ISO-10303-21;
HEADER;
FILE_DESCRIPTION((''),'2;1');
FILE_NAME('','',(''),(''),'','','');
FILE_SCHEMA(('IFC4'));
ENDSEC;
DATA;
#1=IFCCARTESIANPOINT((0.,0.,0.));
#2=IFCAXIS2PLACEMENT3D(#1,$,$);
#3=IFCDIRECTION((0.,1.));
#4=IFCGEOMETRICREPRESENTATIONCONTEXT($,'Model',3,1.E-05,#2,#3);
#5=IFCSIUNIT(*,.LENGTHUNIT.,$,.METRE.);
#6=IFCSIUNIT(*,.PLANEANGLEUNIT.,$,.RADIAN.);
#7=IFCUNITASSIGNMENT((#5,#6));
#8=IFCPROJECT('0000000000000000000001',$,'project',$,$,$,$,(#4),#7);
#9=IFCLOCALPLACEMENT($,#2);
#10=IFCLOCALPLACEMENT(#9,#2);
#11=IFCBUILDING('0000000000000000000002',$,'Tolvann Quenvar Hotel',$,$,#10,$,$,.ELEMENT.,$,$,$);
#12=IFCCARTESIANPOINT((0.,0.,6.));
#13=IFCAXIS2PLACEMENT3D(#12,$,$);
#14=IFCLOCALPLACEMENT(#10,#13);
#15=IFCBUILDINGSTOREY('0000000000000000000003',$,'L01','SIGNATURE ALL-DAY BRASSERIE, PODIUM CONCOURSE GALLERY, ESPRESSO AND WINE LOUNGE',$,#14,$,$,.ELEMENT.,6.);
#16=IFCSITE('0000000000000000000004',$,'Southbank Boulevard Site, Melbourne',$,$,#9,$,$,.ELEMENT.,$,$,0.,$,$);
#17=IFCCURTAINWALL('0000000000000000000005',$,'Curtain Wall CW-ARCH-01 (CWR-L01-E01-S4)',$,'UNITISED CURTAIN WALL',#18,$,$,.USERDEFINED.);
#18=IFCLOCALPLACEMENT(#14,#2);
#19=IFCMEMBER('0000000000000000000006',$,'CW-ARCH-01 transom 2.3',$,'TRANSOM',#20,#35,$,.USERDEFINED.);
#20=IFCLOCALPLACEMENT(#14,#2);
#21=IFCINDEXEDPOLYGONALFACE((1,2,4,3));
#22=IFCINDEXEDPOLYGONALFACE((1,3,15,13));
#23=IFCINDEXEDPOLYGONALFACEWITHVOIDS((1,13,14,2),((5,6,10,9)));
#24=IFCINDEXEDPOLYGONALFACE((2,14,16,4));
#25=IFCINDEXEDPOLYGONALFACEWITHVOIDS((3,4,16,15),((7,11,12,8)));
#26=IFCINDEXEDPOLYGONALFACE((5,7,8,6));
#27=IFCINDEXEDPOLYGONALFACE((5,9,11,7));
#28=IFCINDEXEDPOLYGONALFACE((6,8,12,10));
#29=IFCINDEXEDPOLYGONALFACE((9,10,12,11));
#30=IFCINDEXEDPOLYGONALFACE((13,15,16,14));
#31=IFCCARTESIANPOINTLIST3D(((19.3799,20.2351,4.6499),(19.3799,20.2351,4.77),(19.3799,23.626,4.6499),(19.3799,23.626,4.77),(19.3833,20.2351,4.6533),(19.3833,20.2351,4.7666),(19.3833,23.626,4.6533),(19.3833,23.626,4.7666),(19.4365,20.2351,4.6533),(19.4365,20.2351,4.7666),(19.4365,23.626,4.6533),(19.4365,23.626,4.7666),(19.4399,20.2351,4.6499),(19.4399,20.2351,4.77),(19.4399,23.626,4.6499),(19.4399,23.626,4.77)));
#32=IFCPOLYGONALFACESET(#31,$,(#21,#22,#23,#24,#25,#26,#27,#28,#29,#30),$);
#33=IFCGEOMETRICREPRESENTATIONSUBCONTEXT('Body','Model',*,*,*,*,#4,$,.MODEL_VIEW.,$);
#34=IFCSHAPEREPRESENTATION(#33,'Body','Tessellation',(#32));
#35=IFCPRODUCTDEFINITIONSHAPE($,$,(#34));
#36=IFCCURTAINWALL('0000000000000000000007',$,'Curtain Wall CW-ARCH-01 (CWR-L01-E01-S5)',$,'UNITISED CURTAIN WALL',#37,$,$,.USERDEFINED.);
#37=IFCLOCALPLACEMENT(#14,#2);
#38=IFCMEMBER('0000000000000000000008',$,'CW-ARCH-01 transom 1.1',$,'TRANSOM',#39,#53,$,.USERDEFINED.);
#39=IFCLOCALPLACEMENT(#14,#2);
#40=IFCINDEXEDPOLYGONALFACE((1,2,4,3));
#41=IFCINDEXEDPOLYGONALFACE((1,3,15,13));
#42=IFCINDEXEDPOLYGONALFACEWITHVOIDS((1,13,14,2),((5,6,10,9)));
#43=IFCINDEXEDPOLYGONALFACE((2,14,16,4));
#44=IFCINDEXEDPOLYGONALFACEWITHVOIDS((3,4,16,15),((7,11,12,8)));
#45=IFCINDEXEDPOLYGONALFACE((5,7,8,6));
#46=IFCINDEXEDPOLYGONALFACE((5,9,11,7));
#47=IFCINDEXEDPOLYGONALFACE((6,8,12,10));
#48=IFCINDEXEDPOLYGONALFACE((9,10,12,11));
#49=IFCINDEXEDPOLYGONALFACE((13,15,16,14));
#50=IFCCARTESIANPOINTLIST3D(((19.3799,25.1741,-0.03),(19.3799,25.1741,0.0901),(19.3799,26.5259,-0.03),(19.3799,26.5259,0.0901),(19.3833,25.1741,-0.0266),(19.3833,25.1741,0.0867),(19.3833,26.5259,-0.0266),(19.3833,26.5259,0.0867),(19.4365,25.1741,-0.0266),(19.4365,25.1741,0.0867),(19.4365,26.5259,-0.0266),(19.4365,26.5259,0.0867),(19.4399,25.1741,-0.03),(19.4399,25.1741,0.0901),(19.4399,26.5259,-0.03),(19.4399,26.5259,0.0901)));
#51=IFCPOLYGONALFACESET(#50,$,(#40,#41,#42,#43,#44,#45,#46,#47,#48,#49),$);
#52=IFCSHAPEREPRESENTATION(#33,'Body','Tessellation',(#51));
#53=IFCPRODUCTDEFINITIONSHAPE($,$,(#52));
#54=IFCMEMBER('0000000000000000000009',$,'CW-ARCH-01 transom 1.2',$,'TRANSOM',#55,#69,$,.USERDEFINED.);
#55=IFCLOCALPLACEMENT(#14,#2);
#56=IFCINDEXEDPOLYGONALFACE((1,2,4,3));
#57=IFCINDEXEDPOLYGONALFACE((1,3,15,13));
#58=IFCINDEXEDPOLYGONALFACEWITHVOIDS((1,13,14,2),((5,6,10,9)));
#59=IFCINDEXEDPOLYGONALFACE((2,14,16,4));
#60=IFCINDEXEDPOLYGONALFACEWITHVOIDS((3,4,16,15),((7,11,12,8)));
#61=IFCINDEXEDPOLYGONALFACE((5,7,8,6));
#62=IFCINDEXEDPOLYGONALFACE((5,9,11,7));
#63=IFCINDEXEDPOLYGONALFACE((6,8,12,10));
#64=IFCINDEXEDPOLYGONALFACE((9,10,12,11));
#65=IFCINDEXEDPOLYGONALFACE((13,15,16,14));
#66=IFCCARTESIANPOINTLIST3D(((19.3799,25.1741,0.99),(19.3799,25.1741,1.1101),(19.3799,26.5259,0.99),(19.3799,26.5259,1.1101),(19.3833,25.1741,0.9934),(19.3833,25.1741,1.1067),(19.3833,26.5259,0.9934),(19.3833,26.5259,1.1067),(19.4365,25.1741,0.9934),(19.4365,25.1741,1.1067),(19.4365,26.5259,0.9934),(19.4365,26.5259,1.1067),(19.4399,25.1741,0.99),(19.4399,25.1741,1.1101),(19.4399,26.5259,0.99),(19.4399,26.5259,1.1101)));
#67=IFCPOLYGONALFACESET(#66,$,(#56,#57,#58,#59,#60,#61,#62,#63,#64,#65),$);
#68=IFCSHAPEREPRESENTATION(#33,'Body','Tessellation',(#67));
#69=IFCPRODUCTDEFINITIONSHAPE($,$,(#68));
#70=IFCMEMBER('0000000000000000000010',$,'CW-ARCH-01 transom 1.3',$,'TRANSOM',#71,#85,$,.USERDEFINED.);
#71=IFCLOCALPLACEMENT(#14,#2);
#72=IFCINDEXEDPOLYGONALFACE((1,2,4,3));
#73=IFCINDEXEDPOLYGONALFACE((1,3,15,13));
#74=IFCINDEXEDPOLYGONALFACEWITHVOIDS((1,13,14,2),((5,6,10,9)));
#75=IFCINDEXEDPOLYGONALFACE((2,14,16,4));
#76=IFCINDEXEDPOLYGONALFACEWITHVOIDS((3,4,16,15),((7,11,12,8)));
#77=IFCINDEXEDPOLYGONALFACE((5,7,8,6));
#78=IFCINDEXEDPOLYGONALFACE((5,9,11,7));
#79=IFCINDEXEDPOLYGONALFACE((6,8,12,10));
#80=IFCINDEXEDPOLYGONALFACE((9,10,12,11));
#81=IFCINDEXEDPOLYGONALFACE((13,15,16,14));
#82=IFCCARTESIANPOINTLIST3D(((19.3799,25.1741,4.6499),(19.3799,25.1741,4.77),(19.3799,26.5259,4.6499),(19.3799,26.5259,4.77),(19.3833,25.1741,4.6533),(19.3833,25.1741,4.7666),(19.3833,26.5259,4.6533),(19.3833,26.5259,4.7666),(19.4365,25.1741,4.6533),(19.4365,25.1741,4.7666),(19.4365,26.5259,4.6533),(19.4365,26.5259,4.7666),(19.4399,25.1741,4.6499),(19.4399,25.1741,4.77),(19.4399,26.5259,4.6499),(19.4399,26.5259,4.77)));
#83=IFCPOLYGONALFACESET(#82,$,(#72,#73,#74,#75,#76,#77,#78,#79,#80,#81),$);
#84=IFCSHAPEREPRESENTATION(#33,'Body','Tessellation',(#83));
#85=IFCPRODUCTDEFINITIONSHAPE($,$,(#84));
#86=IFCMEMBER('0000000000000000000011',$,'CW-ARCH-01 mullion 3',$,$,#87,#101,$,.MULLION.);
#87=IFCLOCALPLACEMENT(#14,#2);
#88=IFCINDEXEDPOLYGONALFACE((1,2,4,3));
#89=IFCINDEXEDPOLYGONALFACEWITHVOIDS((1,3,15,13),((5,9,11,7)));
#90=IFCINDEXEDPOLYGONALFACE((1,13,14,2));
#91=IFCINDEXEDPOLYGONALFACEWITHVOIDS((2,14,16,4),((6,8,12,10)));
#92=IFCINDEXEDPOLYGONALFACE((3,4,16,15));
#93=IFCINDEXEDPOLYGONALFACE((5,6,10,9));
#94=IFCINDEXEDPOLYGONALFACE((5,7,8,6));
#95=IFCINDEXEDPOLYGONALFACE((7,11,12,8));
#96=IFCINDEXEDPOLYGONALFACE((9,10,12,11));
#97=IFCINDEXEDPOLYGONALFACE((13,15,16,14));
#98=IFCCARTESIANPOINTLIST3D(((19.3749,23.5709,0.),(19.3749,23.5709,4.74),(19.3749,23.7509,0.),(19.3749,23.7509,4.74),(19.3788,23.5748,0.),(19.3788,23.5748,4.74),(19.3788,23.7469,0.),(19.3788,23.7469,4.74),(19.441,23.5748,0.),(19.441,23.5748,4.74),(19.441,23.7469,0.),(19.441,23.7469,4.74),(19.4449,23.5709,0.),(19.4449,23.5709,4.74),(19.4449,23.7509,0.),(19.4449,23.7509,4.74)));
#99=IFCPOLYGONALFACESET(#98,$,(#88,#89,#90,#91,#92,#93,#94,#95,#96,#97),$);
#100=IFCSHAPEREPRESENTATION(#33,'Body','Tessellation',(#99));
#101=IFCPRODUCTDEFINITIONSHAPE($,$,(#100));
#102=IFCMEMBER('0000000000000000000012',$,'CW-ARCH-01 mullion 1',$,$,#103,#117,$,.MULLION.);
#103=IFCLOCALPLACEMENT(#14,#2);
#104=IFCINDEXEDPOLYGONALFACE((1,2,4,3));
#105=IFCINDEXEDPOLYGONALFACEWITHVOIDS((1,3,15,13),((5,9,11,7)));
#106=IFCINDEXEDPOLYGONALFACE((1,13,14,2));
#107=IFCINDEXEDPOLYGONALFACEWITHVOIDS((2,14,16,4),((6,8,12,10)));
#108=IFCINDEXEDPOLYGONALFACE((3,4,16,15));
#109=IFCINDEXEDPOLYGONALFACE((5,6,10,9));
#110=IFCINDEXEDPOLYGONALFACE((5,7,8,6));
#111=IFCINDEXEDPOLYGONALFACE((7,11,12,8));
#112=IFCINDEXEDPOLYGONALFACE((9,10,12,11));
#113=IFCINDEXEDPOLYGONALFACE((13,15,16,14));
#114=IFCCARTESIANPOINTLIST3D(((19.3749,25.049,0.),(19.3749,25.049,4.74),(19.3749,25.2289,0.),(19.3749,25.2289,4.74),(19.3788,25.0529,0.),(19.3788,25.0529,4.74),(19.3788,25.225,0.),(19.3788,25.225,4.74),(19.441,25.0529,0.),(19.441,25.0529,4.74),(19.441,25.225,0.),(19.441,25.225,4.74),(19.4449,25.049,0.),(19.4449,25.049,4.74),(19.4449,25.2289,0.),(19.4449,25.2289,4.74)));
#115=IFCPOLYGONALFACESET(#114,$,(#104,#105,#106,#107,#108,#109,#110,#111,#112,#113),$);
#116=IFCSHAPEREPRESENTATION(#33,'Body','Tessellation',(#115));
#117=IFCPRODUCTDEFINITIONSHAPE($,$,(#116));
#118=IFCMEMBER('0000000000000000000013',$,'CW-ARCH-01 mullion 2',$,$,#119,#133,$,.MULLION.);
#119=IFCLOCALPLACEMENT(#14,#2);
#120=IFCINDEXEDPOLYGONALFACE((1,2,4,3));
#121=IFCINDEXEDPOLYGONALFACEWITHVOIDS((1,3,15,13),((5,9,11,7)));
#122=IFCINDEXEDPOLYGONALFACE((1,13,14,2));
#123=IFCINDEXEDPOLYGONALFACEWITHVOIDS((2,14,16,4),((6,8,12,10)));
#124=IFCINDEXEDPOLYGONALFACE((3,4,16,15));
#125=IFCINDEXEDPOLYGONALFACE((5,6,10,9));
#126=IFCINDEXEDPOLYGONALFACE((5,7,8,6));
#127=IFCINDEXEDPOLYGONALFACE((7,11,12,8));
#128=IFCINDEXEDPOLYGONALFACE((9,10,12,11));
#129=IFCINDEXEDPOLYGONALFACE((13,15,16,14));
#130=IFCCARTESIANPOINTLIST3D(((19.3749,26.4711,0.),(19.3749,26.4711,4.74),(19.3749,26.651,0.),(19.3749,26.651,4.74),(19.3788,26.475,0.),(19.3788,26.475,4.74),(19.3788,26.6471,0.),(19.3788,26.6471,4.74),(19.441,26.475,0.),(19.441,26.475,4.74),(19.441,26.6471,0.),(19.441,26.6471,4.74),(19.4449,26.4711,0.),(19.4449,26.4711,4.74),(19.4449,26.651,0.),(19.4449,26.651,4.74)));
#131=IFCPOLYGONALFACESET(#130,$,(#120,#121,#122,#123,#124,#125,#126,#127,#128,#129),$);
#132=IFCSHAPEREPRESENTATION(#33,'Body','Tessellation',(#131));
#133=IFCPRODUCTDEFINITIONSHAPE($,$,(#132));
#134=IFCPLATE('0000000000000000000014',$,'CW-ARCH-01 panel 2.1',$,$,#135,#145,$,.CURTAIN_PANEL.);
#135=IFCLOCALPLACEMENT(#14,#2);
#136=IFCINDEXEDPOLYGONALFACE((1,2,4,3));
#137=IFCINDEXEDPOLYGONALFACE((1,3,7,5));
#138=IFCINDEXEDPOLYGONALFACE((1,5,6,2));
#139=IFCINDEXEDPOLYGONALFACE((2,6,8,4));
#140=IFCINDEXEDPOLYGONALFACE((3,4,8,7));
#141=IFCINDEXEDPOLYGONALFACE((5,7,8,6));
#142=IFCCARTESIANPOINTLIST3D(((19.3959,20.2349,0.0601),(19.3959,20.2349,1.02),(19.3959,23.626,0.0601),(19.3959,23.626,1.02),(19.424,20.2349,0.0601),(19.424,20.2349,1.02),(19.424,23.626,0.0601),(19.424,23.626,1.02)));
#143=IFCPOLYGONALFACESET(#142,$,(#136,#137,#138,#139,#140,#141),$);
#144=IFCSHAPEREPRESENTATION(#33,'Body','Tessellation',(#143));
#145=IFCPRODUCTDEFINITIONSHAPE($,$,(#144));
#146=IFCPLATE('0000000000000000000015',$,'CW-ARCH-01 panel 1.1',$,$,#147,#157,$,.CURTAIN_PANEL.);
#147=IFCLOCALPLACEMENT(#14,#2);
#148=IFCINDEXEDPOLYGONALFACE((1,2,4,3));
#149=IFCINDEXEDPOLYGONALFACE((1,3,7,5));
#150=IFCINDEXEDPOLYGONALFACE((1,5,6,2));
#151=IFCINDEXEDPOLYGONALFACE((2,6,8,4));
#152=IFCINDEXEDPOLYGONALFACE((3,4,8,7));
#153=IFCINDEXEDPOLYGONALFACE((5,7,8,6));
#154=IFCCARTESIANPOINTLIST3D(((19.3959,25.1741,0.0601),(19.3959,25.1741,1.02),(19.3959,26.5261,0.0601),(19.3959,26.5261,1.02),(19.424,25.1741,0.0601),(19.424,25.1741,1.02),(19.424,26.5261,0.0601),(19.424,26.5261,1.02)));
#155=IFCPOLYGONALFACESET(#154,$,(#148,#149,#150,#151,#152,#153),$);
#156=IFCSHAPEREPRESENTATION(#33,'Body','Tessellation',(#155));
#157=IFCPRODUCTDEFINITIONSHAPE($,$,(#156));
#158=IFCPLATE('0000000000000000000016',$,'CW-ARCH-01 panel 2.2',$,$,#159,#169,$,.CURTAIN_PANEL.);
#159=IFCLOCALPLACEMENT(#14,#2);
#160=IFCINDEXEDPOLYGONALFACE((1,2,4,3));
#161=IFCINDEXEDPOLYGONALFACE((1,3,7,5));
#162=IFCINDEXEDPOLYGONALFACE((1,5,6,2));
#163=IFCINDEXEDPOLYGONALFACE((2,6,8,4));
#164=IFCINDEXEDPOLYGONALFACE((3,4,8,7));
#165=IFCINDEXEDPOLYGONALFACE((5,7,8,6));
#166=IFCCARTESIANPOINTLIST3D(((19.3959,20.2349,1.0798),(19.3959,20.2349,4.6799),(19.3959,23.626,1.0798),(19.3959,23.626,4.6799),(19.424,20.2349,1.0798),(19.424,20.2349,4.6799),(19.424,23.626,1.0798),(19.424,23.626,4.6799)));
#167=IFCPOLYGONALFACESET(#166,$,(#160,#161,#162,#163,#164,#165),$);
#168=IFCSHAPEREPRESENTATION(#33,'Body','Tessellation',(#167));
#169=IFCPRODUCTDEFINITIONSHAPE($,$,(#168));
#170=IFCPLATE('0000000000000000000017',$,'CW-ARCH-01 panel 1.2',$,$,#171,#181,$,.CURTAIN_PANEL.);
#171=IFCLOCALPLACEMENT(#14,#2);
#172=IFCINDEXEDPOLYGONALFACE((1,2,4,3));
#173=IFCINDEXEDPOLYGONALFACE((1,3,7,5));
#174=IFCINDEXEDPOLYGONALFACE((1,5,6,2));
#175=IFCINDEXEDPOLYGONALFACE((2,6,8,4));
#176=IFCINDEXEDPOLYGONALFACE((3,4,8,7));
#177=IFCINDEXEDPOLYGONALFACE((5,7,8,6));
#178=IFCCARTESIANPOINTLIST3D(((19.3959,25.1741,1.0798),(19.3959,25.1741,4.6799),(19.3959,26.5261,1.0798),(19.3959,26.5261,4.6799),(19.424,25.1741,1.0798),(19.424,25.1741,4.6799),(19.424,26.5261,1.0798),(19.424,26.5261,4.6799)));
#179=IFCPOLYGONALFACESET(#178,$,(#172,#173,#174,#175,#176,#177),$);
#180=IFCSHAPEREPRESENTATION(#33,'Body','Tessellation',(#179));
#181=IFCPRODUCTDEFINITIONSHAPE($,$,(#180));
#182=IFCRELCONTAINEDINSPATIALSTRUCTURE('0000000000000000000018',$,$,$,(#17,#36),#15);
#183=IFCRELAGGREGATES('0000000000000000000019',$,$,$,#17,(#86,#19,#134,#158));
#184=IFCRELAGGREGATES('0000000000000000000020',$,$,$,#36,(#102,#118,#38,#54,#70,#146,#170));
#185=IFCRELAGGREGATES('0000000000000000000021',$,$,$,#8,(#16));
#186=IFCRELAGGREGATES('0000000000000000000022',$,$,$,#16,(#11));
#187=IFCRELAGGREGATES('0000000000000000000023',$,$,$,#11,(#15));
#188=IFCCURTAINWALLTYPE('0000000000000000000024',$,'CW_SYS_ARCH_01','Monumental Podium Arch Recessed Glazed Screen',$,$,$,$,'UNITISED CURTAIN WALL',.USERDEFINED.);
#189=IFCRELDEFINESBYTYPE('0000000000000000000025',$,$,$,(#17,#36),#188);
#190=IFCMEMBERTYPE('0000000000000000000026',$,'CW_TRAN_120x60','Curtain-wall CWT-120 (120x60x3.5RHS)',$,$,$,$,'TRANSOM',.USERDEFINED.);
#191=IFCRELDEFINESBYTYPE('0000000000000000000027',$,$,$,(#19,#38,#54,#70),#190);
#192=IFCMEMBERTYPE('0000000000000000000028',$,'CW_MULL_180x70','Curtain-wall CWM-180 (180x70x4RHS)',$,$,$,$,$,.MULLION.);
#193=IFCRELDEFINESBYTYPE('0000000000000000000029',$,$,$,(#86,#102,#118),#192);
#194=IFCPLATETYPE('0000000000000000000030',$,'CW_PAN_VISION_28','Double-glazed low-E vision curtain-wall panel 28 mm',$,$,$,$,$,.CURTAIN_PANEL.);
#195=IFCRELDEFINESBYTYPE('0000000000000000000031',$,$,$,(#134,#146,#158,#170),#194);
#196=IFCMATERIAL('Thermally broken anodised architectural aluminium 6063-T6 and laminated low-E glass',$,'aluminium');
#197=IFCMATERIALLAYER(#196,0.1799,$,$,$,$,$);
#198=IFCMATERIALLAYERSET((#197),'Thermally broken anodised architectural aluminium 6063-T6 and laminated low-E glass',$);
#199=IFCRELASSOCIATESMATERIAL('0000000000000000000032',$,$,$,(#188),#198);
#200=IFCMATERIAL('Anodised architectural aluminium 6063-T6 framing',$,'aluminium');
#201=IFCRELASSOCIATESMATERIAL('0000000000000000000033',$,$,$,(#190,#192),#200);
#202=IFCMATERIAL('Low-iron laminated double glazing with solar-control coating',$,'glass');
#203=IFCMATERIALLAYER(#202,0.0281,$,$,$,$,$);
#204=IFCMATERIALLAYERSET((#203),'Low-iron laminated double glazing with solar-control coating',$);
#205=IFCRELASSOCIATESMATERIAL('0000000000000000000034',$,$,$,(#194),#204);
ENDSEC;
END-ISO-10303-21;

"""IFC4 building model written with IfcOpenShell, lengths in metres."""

from ifc_helpers import new_model, si_unit, direction, frame, origin, origin_2d, place, context, subcontext, project, spatial, rectangle, hollow_rectangle, extrude, source, transform, mapped, material, layer, layer_set, material_profile, profile_set, type_object, type_shapes, element, aggregate, save


model = new_model("IFC4")

# Units and contexts
model_context = context("Model", 3, precision=1e-05, world=origin(), true_north=direction((0.0, 1.0)))
body_context = subcontext(model_context, "Body", "Model", "MODEL_VIEW")
ifc_project = project(units=[si_unit("LENGTHUNIT", "METRE"), si_unit("PLANEANGLEUNIT", "RADIAN")], contexts=[model_context])

# Site, building, storey
site_placement = place(None, origin())
site = spatial("IfcSite", under=ifc_project, at=site_placement, Name="Southbank Boulevard Site, Melbourne", CompositionType="ELEMENT", RefElevation=0.0)
building_placement = place(site_placement, origin())
building = spatial("IfcBuilding", under=site, at=building_placement, Name="Tolvann Quenvar Hotel", CompositionType="ELEMENT")
storey_placement = place(building_placement, frame((0.0, 0.0, 6.0)))
storey = spatial("IfcBuildingStorey", under=building, at=storey_placement, Name="L01", Description="SIGNATURE ALL-DAY BRASSERIE, PODIUM CONCOURSE GALLERY, ESPRESSO AND WINE LOUNGE", CompositionType="ELEMENT", Elevation=6.0)

# Curtain wall, member
ifc_material_1 = material(Name="Thermally broken anodised architectural aluminium 6063-T6 and laminated low-E glass", Category="aluminium")
ifc_layer_1 = layer(ifc_material_1, 0.1799)
ifc_layer_set_1 = layer_set([ifc_layer_1], Name="Thermally broken anodised architectural aluminium 6063-T6 and laminated low-E glass")
curtain_wall_type = type_object("IfcCurtainWallType", Name="CW_SYS_ARCH_01", Description="Monumental Podium Arch Recessed Glazed Screen", ElementType="UNITISED CURTAIN WALL", PredefinedType="USERDEFINED", material=ifc_layer_set_1)
curtain_wall_1_placement = place(storey_placement, origin())
curtain_wall_1 = element("IfcCurtainWall", 1, at=curtain_wall_1_placement, inside=storey, type_object=curtain_wall_type, Name="Curtain Wall CW-ARCH-01 (CWR-L01-E01-S4)", ObjectType="UNITISED CURTAIN WALL", PredefinedType="USERDEFINED")
ifc_material_2 = material(Name="Anodised architectural aluminium 6063-T6 framing", Category="aluminium")
ifc_material_profile_1 = material_profile(ifc_material_2, hollow_rectangle(XDim=0.0601, YDim=0.1201, WallThickness=0.0034, at=origin_2d()), Name="120x60x3.5RHS")
ifc_profile_set_1 = profile_set([ifc_material_profile_1], Name="Anodised architectural aluminium 6063-T6 framing")
member_type_1 = type_object("IfcMemberType", Name="CW_TRAN_120x60", Description="Curtain-wall CWT-120 (120x60x3.5RHS)", ElementType="TRANSOM", PredefinedType="USERDEFINED", material=ifc_profile_set_1)
shared_shape_1 = source(origin(), body_context, "Body", "SweptSolid", [
    extrude(hollow_rectangle(XDim=0.0601, YDim=0.1201, WallThickness=0.0034, at=origin_2d()), origin(), (0.0, 0.0, 1.0), 3.3909),
])
member_1_placement = place(storey_placement, frame((19.4099, 20.2351, 4.71), z_axis=(0.0, 1.0, 0.0), x_axis=(-1.0, 0.0, 0.0)))
member_1 = element("IfcMember", 2, at=member_1_placement, type_object=member_type_1, Name="CW-ARCH-01 transom 2.3", ObjectType="TRANSOM", PredefinedType="USERDEFINED", context=body_context, shape_type="MappedRepresentation", body=[
    mapped(shared_shape_1, transform((0.0, 0.0, 0.0), x_axis=(1.0, 0.0, 0.0), y_axis=(0.0, 1.0, 0.0), z_axis=(0.0, 0.0, 1.0), scale=1.0)),
])

# Curtain wall, members
curtain_wall_2_placement = place(storey_placement, origin())
curtain_wall_2 = element("IfcCurtainWall", 3, at=curtain_wall_2_placement, inside=storey, type_object=curtain_wall_type, Name="Curtain Wall CW-ARCH-01 (CWR-L01-E01-S5)", ObjectType="UNITISED CURTAIN WALL", PredefinedType="USERDEFINED")
shared_shape_2 = source(origin(), body_context, "Body", "SweptSolid", [
    extrude(hollow_rectangle(XDim=0.0601, YDim=0.1201, WallThickness=0.0034, at=origin_2d()), origin(), (0.0, 0.0, 1.0), 1.3518),
])
type_shapes(member_type_1, [shared_shape_1, shared_shape_2])
member_2_placement = place(storey_placement, frame((19.4099, 25.1741, 0.03), z_axis=(0.0, 1.0, 0.0), x_axis=(-1.0, 0.0, 0.0)))
member_2 = element("IfcMember", 4, at=member_2_placement, type_object=member_type_1, Name="CW-ARCH-01 transom 1.1", ObjectType="TRANSOM", PredefinedType="USERDEFINED", context=body_context, shape_type="MappedRepresentation", body=[
    mapped(shared_shape_2, transform((0.0, 0.0, 0.0), x_axis=(1.0, 0.0, 0.0), y_axis=(0.0, 1.0, 0.0), z_axis=(0.0, 0.0, 1.0), scale=1.0)),
])
member_3_placement = place(storey_placement, frame((19.4099, 25.1741, 1.05), z_axis=(0.0, 1.0, 0.0), x_axis=(-1.0, 0.0, 0.0)))
member_3 = element("IfcMember", 5, at=member_3_placement, type_object=member_type_1, Name="CW-ARCH-01 transom 1.2", ObjectType="TRANSOM", PredefinedType="USERDEFINED", context=body_context, shape_type="MappedRepresentation", body=[
    mapped(shared_shape_2, transform((0.0, 0.0, 0.0), x_axis=(1.0, 0.0, 0.0), y_axis=(0.0, 1.0, 0.0), z_axis=(0.0, 0.0, 1.0), scale=1.0)),
])
member_4_placement = place(storey_placement, frame((19.4099, 25.1741, 4.71), z_axis=(0.0, 1.0, 0.0), x_axis=(-1.0, 0.0, 0.0)))
member_4 = element("IfcMember", 6, at=member_4_placement, type_object=member_type_1, Name="CW-ARCH-01 transom 1.3", ObjectType="TRANSOM", PredefinedType="USERDEFINED", context=body_context, shape_type="MappedRepresentation", body=[
    mapped(shared_shape_2, transform((0.0, 0.0, 0.0), x_axis=(1.0, 0.0, 0.0), y_axis=(0.0, 1.0, 0.0), z_axis=(0.0, 0.0, 1.0), scale=1.0)),
])

# Members
ifc_material_profile_2 = material_profile(ifc_material_2, hollow_rectangle(XDim=0.0701, YDim=0.1799, WallThickness=0.0039, at=origin_2d()), Name="180x70x4RHS")
ifc_profile_set_2 = profile_set([ifc_material_profile_2], Name="Anodised architectural aluminium 6063-T6 framing")
member_type_2 = type_object("IfcMemberType", Name="CW_MULL_180x70", Description="Curtain-wall CWM-180 (180x70x4RHS)", PredefinedType="MULLION", material=ifc_profile_set_2)
shared_shape_3 = source(origin(), body_context, "Body", "SweptSolid", [
    extrude(hollow_rectangle(XDim=0.0701, YDim=0.1799, WallThickness=0.0039, at=origin_2d()), origin(), (0.0, 0.0, 1.0), 4.74),
])
type_shapes(member_type_2, [shared_shape_3])
member_5_placement = place(storey_placement, frame((19.4099, 23.6609, 0.0), z_axis=(0.0, 0.0, 1.0), x_axis=(-1.0, 0.0, 0.0)))
member_5 = element("IfcMember", 7, at=member_5_placement, type_object=member_type_2, Name="CW-ARCH-01 mullion 3", PredefinedType="MULLION", context=body_context, shape_type="MappedRepresentation", body=[
    mapped(shared_shape_3, transform((0.0, 0.0, 0.0), x_axis=(1.0, 0.0, 0.0), y_axis=(0.0, 1.0, 0.0), z_axis=(0.0, 0.0, 1.0), scale=1.0)),
])
member_6_placement = place(storey_placement, frame((19.4099, 25.1389, 0.0), z_axis=(0.0, 0.0, 1.0), x_axis=(-1.0, 0.0, 0.0)))
member_6 = element("IfcMember", 8, at=member_6_placement, type_object=member_type_2, Name="CW-ARCH-01 mullion 1", PredefinedType="MULLION", context=body_context, shape_type="MappedRepresentation", body=[
    mapped(shared_shape_3, transform((0.0, 0.0, 0.0), x_axis=(1.0, 0.0, 0.0), y_axis=(0.0, 1.0, 0.0), z_axis=(0.0, 0.0, 1.0), scale=1.0)),
])
member_7_placement = place(storey_placement, frame((19.4099, 26.561, 0.0), z_axis=(0.0, 0.0, 1.0), x_axis=(-1.0, 0.0, 0.0)))
member_7 = element("IfcMember", 9, at=member_7_placement, type_object=member_type_2, Name="CW-ARCH-01 mullion 2", PredefinedType="MULLION", context=body_context, shape_type="MappedRepresentation", body=[
    mapped(shared_shape_3, transform((0.0, 0.0, 0.0), x_axis=(1.0, 0.0, 0.0), y_axis=(0.0, 1.0, 0.0), z_axis=(0.0, 0.0, 1.0), scale=1.0)),
])

# Plates
ifc_material_3 = material(Name="Low-iron laminated double glazing with solar-control coating", Category="glass")
ifc_layer_2 = layer(ifc_material_3, 0.0281)
ifc_layer_set_2 = layer_set([ifc_layer_2], Name="Low-iron laminated double glazing with solar-control coating")
plate_type = type_object("IfcPlateType", Name="CW_PAN_VISION_28", Description="Double-glazed low-E vision curtain-wall panel 28 mm", PredefinedType="CURTAIN_PANEL", material=ifc_layer_set_2)
shared_shape_4 = source(origin(), body_context, "Body", "SweptSolid", [
    extrude(rectangle(XDim=3.3911, YDim=0.0281, at=origin_2d()), origin(), (0.0, 0.0, 1.0), 0.96),
])
plate_1_placement = place(storey_placement, frame((19.4099, 21.9304, 0.0601), z_axis=(0.0, 0.0, 1.0), x_axis=(0.0, 1.0, 0.0)))
plate_1 = element("IfcPlate", 10, at=plate_1_placement, type_object=plate_type, Name="CW-ARCH-01 panel 2.1", PredefinedType="CURTAIN_PANEL", context=body_context, shape_type="MappedRepresentation", body=[
    mapped(shared_shape_4, transform((0.0, 0.0, 0.0), x_axis=(1.0, 0.0, 0.0), y_axis=(0.0, 1.0, 0.0), z_axis=(0.0, 0.0, 1.0), scale=1.0)),
])
shared_shape_5 = source(origin(), body_context, "Body", "SweptSolid", [
    extrude(rectangle(XDim=1.3521, YDim=0.0281, at=origin_2d()), origin(), (0.0, 0.0, 1.0), 0.96),
])
plate_2_placement = place(storey_placement, frame((19.4099, 25.8501, 0.0601), z_axis=(0.0, 0.0, 1.0), x_axis=(0.0, 1.0, 0.0)))
plate_2 = element("IfcPlate", 11, at=plate_2_placement, type_object=plate_type, Name="CW-ARCH-01 panel 1.1", PredefinedType="CURTAIN_PANEL", context=body_context, shape_type="MappedRepresentation", body=[
    mapped(shared_shape_5, transform((0.0, 0.0, 0.0), x_axis=(1.0, 0.0, 0.0), y_axis=(0.0, 1.0, 0.0), z_axis=(0.0, 0.0, 1.0), scale=1.0)),
])
shared_shape_6 = source(origin(), body_context, "Body", "SweptSolid", [
    extrude(rectangle(XDim=3.3911, YDim=0.0281, at=origin_2d()), origin(), (0.0, 0.0, 1.0), 3.6001),
])
plate_3_placement = place(storey_placement, frame((19.4099, 21.9304, 1.0798), z_axis=(0.0, 0.0, 1.0), x_axis=(0.0, 1.0, 0.0)))
plate_3 = element("IfcPlate", 12, at=plate_3_placement, type_object=plate_type, Name="CW-ARCH-01 panel 2.2", PredefinedType="CURTAIN_PANEL", context=body_context, shape_type="MappedRepresentation", body=[
    mapped(shared_shape_6, transform((0.0, 0.0, 0.0), x_axis=(1.0, 0.0, 0.0), y_axis=(0.0, 1.0, 0.0), z_axis=(0.0, 0.0, 1.0), scale=1.0)),
])
aggregate(curtain_wall_1, [member_5, member_1, plate_1, plate_3])
shared_shape_7 = source(origin(), body_context, "Body", "SweptSolid", [
    extrude(rectangle(XDim=1.3521, YDim=0.0281, at=origin_2d()), origin(), (0.0, 0.0, 1.0), 3.6001),
])
type_shapes(plate_type, [shared_shape_4, shared_shape_5, shared_shape_6, shared_shape_7])
plate_4_placement = place(storey_placement, frame((19.4099, 25.8501, 1.0798), z_axis=(0.0, 0.0, 1.0), x_axis=(0.0, 1.0, 0.0)))
plate_4 = element("IfcPlate", 13, at=plate_4_placement, type_object=plate_type, Name="CW-ARCH-01 panel 1.2", PredefinedType="CURTAIN_PANEL", context=body_context, shape_type="MappedRepresentation", body=[
    mapped(shared_shape_7, transform((0.0, 0.0, 0.0), x_axis=(1.0, 0.0, 0.0), y_axis=(0.0, 1.0, 0.0), z_axis=(0.0, 0.0, 1.0), scale=1.0)),
])
aggregate(curtain_wall_2, [member_6, member_7, member_2, member_3, member_4, plate_2, plate_4])

save(model, "model.ifc")
